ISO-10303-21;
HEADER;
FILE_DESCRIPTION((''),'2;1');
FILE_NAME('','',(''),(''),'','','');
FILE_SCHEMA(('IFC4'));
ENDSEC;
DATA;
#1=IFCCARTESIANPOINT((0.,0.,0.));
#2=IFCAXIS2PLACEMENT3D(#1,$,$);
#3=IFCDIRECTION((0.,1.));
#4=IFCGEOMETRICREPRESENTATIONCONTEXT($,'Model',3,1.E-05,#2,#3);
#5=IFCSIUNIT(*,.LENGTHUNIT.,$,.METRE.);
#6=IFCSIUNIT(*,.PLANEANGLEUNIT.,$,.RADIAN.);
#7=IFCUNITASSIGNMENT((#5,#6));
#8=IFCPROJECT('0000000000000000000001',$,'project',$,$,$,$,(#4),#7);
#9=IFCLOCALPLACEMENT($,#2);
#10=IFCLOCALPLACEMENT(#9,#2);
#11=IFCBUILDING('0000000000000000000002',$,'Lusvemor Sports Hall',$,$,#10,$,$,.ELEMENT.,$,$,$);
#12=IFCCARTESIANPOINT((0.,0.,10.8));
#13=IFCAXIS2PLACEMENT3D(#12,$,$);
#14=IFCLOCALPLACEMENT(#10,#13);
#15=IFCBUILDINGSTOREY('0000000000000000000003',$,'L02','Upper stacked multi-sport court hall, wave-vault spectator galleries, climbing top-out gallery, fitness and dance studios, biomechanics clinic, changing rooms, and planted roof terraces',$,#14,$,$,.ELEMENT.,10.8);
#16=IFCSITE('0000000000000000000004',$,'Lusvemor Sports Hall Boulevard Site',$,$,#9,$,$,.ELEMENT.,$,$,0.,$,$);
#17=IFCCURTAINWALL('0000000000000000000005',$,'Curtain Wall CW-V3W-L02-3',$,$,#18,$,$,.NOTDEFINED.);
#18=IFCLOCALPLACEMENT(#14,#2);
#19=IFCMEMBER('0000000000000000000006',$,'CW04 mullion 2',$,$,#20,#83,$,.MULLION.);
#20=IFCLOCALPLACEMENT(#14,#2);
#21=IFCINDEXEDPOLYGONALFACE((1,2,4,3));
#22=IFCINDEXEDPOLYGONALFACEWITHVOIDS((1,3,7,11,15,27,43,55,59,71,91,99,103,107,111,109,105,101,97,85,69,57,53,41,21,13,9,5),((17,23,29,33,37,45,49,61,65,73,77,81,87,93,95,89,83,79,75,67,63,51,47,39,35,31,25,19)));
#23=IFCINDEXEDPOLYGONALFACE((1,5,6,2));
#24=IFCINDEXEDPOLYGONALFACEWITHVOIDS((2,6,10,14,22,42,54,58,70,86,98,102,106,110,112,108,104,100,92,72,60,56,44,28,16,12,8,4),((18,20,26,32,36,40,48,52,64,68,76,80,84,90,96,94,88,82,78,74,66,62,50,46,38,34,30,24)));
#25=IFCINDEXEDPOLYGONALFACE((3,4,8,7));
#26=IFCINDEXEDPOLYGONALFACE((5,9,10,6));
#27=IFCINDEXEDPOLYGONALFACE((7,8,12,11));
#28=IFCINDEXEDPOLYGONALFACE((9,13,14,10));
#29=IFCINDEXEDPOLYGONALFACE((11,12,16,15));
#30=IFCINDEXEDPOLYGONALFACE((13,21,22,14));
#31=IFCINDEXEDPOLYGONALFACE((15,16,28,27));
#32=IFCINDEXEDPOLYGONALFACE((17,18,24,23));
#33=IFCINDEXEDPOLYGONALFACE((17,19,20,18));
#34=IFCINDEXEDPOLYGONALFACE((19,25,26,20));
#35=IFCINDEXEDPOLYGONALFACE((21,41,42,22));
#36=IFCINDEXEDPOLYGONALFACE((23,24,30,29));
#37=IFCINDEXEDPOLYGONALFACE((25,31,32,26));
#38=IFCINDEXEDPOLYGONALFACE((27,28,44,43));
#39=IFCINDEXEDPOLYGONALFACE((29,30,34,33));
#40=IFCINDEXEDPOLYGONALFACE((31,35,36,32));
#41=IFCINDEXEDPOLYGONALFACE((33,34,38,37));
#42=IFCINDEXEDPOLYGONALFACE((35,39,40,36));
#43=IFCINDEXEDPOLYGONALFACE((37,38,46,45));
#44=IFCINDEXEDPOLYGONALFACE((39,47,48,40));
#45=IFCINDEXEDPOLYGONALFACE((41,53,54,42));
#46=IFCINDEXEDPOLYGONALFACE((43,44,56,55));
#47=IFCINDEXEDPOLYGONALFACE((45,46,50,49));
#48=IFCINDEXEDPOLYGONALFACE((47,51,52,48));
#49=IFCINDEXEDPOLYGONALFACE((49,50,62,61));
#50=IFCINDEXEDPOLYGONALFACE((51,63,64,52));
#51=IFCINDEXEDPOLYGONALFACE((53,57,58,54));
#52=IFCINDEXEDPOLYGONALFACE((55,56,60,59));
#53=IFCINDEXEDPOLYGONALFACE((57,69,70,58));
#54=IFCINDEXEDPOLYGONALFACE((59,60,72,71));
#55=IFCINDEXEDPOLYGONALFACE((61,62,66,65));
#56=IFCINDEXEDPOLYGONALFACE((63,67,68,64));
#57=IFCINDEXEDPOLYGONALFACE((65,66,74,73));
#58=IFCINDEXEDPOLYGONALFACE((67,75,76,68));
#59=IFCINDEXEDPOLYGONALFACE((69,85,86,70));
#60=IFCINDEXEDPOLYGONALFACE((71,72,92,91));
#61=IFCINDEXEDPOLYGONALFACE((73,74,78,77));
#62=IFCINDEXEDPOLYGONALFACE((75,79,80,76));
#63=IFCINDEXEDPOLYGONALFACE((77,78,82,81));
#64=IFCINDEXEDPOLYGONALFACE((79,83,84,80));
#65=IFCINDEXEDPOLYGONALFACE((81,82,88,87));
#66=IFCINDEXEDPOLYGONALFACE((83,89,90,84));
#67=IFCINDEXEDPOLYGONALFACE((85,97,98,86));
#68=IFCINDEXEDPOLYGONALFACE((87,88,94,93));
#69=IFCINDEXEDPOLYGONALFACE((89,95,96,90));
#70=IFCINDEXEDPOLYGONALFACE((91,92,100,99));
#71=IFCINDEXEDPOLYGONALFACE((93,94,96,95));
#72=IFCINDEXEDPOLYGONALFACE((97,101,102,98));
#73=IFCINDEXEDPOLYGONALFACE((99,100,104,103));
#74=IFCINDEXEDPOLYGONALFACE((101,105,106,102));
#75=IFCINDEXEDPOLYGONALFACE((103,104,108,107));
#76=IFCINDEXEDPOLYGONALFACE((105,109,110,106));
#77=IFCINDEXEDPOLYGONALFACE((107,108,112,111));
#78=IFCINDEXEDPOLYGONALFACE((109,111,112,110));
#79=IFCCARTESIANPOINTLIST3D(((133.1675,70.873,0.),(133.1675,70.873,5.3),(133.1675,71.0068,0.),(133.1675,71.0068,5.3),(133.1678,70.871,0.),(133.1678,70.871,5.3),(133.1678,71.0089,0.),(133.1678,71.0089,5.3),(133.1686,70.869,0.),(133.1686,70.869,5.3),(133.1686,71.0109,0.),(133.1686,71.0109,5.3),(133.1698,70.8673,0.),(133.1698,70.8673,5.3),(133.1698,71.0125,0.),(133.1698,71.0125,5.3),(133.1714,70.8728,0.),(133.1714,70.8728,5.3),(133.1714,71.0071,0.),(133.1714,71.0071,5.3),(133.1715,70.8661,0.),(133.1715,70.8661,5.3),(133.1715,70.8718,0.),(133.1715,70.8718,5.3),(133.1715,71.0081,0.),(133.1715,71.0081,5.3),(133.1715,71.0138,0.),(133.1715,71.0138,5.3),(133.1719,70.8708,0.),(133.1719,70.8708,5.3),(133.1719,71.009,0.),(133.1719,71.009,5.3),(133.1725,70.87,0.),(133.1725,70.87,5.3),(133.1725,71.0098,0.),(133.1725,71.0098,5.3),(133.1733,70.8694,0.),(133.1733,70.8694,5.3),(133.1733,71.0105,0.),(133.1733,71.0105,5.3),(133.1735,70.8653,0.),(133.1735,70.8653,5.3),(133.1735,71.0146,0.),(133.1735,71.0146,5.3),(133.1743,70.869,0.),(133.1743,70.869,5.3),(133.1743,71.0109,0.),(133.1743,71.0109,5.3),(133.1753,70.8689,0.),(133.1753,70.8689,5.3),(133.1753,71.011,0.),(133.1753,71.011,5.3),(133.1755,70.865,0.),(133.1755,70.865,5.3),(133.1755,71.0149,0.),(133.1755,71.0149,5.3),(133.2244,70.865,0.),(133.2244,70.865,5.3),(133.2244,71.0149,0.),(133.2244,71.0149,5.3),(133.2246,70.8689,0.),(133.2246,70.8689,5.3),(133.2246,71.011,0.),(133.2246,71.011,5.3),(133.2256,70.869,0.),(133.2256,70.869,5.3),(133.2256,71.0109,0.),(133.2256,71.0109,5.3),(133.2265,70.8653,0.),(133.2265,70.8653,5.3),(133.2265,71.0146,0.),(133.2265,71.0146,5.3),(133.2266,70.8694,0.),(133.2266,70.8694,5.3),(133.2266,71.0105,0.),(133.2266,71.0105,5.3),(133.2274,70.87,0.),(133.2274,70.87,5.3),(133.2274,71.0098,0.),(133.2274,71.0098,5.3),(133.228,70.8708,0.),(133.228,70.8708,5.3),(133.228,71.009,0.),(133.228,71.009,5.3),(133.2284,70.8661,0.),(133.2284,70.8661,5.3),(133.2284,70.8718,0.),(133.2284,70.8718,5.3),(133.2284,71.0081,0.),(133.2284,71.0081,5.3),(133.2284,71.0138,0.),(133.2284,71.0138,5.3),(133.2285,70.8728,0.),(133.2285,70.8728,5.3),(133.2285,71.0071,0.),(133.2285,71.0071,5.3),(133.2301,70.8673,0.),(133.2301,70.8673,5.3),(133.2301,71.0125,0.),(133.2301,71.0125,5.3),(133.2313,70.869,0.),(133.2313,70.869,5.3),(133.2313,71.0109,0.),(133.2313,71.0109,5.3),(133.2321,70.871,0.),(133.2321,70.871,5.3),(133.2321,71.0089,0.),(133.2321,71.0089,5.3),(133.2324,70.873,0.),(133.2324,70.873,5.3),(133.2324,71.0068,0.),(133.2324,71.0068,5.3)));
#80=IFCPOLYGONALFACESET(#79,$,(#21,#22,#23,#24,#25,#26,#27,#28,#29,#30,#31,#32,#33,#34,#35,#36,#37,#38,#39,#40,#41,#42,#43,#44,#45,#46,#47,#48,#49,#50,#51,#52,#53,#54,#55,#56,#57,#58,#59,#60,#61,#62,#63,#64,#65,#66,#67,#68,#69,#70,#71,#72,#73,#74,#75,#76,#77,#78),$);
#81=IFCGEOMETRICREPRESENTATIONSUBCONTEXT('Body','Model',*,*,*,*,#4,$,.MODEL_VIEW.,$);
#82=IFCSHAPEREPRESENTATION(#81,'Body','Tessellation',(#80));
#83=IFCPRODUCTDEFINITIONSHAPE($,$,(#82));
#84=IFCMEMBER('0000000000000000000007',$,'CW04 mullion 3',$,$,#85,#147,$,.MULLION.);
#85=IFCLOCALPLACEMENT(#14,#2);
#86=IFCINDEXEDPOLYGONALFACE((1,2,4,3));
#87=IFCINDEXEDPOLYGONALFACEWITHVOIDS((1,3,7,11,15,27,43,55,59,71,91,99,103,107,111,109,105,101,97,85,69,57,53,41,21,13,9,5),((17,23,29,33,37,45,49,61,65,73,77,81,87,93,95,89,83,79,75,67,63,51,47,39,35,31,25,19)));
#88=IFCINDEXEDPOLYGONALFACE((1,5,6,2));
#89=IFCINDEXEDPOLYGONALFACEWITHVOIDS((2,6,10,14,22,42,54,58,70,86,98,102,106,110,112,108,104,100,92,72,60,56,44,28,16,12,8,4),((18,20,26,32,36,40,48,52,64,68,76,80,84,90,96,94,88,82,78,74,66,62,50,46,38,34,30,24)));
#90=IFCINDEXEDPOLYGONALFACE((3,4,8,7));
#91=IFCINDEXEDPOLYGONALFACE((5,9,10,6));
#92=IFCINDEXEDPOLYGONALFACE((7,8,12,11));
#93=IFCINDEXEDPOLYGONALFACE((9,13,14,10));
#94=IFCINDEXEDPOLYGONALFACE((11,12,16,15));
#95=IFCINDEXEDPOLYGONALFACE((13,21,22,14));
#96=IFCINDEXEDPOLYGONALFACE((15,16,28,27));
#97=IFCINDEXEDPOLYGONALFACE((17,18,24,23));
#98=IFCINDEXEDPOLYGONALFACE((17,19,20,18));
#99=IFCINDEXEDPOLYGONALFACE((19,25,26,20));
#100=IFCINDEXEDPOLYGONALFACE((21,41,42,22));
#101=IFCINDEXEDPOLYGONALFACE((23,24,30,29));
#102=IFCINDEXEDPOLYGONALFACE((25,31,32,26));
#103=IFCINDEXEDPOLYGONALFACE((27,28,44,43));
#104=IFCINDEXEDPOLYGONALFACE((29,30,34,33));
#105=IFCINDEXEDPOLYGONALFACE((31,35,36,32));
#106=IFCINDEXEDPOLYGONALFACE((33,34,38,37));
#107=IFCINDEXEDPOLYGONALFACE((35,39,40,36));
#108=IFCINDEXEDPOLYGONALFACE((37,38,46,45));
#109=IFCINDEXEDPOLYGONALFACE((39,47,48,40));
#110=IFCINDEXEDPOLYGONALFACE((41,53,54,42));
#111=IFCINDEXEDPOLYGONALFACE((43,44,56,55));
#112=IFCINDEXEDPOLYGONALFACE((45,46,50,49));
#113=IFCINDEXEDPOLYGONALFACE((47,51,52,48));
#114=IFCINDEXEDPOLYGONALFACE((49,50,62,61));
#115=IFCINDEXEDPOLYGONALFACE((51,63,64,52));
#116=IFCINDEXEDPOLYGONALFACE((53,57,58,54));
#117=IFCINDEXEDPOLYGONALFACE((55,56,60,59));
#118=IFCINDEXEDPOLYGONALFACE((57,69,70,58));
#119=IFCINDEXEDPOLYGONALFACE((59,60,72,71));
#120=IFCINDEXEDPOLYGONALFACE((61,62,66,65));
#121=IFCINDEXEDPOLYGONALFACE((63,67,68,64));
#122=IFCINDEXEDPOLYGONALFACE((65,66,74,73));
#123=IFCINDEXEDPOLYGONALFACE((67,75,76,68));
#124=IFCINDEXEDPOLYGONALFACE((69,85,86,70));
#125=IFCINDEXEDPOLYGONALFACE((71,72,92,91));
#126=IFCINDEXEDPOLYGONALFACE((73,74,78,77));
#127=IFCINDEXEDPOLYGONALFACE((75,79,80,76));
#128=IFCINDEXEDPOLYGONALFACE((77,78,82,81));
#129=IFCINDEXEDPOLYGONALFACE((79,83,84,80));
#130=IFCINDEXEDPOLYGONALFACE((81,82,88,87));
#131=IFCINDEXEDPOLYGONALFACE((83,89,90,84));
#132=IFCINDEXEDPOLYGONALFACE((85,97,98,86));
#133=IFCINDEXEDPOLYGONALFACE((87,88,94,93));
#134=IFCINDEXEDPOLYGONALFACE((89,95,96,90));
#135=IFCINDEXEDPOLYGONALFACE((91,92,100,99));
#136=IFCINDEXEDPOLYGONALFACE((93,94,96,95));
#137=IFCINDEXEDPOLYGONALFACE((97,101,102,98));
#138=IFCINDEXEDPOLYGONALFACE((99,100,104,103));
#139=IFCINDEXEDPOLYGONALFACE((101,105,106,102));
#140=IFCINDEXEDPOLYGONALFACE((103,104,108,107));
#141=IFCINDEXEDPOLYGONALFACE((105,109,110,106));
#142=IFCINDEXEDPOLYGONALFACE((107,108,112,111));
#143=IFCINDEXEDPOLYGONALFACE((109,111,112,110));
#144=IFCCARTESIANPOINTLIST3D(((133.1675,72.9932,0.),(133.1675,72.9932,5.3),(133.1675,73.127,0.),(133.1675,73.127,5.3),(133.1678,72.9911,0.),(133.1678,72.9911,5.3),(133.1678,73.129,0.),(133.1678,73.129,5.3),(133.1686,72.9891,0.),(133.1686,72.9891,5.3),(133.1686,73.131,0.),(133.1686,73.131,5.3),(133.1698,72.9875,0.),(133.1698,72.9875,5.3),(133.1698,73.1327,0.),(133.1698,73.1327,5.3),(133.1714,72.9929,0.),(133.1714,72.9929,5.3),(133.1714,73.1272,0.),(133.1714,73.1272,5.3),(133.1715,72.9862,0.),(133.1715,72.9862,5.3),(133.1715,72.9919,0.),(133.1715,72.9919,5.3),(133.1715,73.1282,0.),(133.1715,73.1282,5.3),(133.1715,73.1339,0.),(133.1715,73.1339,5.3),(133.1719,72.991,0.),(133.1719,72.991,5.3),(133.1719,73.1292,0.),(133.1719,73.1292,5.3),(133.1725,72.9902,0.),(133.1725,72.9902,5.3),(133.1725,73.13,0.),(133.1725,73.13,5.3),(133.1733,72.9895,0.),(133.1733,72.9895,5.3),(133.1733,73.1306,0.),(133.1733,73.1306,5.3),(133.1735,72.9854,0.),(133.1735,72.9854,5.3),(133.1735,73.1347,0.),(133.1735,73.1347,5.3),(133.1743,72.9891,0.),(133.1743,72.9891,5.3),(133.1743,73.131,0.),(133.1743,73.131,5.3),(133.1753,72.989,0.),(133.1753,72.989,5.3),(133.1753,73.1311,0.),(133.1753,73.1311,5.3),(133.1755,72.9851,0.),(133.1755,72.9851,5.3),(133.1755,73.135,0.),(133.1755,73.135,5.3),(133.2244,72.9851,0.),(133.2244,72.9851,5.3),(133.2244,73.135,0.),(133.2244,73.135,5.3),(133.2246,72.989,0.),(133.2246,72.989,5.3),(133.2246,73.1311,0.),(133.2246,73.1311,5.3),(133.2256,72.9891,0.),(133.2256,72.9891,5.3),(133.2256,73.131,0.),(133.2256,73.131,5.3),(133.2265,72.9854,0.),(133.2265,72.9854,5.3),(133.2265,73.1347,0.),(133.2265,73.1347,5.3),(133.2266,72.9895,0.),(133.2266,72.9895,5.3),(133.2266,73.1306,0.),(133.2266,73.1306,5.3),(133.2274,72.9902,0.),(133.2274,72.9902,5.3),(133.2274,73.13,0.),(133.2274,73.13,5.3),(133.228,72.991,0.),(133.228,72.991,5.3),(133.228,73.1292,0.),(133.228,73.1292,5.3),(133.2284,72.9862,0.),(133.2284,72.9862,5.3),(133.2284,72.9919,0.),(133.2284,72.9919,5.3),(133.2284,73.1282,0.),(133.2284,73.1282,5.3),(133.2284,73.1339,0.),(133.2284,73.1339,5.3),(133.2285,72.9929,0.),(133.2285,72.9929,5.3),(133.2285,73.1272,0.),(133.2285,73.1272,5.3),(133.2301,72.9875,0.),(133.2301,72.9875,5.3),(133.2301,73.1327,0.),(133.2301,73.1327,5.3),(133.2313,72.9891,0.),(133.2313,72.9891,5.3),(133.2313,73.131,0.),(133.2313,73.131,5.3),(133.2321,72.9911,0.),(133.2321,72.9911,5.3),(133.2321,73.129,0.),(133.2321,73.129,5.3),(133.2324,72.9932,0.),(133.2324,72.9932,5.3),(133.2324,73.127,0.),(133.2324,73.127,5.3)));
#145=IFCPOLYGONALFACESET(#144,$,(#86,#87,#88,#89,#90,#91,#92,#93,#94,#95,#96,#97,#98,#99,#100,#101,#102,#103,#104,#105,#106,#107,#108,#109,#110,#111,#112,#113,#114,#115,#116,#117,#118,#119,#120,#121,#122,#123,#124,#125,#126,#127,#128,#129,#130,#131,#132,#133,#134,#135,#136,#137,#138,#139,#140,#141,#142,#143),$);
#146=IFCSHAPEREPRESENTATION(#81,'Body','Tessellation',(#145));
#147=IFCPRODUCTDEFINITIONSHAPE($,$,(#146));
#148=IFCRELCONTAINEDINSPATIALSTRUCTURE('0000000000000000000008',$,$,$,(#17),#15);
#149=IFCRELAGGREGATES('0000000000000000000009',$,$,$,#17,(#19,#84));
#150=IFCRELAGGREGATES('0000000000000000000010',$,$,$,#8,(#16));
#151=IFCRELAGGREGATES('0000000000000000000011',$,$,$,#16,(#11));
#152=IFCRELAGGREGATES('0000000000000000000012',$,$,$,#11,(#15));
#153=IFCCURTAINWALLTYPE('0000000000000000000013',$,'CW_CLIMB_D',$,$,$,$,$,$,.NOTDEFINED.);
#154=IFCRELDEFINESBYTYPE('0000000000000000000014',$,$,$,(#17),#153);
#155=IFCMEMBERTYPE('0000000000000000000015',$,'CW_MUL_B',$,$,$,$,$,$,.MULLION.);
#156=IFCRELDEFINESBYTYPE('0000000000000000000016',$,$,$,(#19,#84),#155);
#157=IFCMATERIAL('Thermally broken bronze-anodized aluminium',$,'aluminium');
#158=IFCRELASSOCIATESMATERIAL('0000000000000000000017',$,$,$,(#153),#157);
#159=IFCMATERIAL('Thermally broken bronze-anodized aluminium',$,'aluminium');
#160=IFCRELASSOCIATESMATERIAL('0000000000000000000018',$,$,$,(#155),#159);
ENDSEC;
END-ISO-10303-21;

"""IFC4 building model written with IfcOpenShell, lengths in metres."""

from ifc_helpers import new_model, si_unit, direction, frame, origin, origin_2d, place, context, subcontext, project, spatial, hollow_rectangle, extrude, material, material_profile, profile_set, type_object, element, aggregate, save


model = new_model("IFC4")

# Units and contexts
model_context = context("Model", 3, precision=1e-05, world=origin(), true_north=direction((0.0, 1.0)))
body_context = subcontext(model_context, "Body", "Model", "MODEL_VIEW")
ifc_project = project(units=[si_unit("LENGTHUNIT", "METRE"), si_unit("PLANEANGLEUNIT", "RADIAN")], contexts=[model_context])

# Site, building, storey
site_placement = place(None, origin())
site = spatial("IfcSite", under=ifc_project, at=site_placement, Name="Lusvemor Sports Hall Boulevard Site", CompositionType="ELEMENT", RefElevation=0.0)
building_placement = place(site_placement, origin())
building = spatial("IfcBuilding", under=site, at=building_placement, Name="Lusvemor Sports Hall", CompositionType="ELEMENT")
storey_placement = place(building_placement, frame((0.0, 0.0, 10.8)))
storey = spatial("IfcBuildingStorey", under=building, at=storey_placement, Name="L02", Description="Upper stacked multi-sport court hall, wave-vault spectator galleries, climbing top-out gallery, fitness and dance studios, biomechanics clinic, changing rooms, and planted roof terraces", CompositionType="ELEMENT", Elevation=10.8)

# Shared definitions
ifc_material_1 = material(Name="Thermally broken bronze-anodized aluminium", Category="aluminium")
curtain_wall_type = type_object("IfcCurtainWallType", Name="CW_CLIMB_D", PredefinedType="NOTDEFINED", material=ifc_material_1)
ifc_material_2 = material(Name="Thermally broken bronze-anodized aluminium", Category="aluminium")
ifc_material_profile_1 = material_profile(ifc_material_2, hollow_rectangle(XDim=0.0649, YDim=0.1499, WallThickness=0.0039, InnerFilletRadius=0.0039, OuterFilletRadius=0.0081, at=origin_2d()), Name="CWMUL150x65x4")
ifc_profile_set_1 = profile_set([ifc_material_profile_1], Name="Thermally broken bronze-anodized aluminium")
member_type_1 = type_object("IfcMemberType", Name="CW_MUL_B", PredefinedType="MULLION", material=ifc_profile_set_1)

# Curtain wall, members
curtain_wall_1_placement = place(storey_placement, origin())
curtain_wall_1 = element("IfcCurtainWall", 1, at=curtain_wall_1_placement, inside=storey, type_object=curtain_wall_type, Name="Curtain Wall CW-V3W-L02-3", PredefinedType="NOTDEFINED")
member_1_placement = place(storey_placement, frame((133.2, 70.9399, 0.0), z_axis=(0.0, 0.0, 1.0), x_axis=(-1.0, 0.0, 0.0)))
member_1 = element("IfcMember", 2, at=member_1_placement, type_object=member_type_1, Name="CW04 mullion 2", PredefinedType="MULLION", context=body_context, shape_type="SweptSolid", body=[
    extrude(hollow_rectangle(XDim=0.0649, YDim=0.1499, WallThickness=0.0039, InnerFilletRadius=0.0039, OuterFilletRadius=0.0081, at=origin_2d()), origin(), (0.0, 0.0, 1.0), 5.3),
])
member_2_placement = place(storey_placement, frame((133.2, 73.0601, 0.0), z_axis=(0.0, 0.0, 1.0), x_axis=(-1.0, 0.0, 0.0)))
member_2 = element("IfcMember", 3, at=member_2_placement, type_object=member_type_1, Name="CW04 mullion 3", PredefinedType="MULLION", context=body_context, shape_type="SweptSolid", body=[
    extrude(hollow_rectangle(XDim=0.0649, YDim=0.1499, WallThickness=0.0039, InnerFilletRadius=0.0039, OuterFilletRadius=0.0081, at=origin_2d()), origin(), (0.0, 0.0, 1.0), 5.3),
])

aggregate(curtain_wall_1, [member_1, member_2])

save(model, "model.ifc")
